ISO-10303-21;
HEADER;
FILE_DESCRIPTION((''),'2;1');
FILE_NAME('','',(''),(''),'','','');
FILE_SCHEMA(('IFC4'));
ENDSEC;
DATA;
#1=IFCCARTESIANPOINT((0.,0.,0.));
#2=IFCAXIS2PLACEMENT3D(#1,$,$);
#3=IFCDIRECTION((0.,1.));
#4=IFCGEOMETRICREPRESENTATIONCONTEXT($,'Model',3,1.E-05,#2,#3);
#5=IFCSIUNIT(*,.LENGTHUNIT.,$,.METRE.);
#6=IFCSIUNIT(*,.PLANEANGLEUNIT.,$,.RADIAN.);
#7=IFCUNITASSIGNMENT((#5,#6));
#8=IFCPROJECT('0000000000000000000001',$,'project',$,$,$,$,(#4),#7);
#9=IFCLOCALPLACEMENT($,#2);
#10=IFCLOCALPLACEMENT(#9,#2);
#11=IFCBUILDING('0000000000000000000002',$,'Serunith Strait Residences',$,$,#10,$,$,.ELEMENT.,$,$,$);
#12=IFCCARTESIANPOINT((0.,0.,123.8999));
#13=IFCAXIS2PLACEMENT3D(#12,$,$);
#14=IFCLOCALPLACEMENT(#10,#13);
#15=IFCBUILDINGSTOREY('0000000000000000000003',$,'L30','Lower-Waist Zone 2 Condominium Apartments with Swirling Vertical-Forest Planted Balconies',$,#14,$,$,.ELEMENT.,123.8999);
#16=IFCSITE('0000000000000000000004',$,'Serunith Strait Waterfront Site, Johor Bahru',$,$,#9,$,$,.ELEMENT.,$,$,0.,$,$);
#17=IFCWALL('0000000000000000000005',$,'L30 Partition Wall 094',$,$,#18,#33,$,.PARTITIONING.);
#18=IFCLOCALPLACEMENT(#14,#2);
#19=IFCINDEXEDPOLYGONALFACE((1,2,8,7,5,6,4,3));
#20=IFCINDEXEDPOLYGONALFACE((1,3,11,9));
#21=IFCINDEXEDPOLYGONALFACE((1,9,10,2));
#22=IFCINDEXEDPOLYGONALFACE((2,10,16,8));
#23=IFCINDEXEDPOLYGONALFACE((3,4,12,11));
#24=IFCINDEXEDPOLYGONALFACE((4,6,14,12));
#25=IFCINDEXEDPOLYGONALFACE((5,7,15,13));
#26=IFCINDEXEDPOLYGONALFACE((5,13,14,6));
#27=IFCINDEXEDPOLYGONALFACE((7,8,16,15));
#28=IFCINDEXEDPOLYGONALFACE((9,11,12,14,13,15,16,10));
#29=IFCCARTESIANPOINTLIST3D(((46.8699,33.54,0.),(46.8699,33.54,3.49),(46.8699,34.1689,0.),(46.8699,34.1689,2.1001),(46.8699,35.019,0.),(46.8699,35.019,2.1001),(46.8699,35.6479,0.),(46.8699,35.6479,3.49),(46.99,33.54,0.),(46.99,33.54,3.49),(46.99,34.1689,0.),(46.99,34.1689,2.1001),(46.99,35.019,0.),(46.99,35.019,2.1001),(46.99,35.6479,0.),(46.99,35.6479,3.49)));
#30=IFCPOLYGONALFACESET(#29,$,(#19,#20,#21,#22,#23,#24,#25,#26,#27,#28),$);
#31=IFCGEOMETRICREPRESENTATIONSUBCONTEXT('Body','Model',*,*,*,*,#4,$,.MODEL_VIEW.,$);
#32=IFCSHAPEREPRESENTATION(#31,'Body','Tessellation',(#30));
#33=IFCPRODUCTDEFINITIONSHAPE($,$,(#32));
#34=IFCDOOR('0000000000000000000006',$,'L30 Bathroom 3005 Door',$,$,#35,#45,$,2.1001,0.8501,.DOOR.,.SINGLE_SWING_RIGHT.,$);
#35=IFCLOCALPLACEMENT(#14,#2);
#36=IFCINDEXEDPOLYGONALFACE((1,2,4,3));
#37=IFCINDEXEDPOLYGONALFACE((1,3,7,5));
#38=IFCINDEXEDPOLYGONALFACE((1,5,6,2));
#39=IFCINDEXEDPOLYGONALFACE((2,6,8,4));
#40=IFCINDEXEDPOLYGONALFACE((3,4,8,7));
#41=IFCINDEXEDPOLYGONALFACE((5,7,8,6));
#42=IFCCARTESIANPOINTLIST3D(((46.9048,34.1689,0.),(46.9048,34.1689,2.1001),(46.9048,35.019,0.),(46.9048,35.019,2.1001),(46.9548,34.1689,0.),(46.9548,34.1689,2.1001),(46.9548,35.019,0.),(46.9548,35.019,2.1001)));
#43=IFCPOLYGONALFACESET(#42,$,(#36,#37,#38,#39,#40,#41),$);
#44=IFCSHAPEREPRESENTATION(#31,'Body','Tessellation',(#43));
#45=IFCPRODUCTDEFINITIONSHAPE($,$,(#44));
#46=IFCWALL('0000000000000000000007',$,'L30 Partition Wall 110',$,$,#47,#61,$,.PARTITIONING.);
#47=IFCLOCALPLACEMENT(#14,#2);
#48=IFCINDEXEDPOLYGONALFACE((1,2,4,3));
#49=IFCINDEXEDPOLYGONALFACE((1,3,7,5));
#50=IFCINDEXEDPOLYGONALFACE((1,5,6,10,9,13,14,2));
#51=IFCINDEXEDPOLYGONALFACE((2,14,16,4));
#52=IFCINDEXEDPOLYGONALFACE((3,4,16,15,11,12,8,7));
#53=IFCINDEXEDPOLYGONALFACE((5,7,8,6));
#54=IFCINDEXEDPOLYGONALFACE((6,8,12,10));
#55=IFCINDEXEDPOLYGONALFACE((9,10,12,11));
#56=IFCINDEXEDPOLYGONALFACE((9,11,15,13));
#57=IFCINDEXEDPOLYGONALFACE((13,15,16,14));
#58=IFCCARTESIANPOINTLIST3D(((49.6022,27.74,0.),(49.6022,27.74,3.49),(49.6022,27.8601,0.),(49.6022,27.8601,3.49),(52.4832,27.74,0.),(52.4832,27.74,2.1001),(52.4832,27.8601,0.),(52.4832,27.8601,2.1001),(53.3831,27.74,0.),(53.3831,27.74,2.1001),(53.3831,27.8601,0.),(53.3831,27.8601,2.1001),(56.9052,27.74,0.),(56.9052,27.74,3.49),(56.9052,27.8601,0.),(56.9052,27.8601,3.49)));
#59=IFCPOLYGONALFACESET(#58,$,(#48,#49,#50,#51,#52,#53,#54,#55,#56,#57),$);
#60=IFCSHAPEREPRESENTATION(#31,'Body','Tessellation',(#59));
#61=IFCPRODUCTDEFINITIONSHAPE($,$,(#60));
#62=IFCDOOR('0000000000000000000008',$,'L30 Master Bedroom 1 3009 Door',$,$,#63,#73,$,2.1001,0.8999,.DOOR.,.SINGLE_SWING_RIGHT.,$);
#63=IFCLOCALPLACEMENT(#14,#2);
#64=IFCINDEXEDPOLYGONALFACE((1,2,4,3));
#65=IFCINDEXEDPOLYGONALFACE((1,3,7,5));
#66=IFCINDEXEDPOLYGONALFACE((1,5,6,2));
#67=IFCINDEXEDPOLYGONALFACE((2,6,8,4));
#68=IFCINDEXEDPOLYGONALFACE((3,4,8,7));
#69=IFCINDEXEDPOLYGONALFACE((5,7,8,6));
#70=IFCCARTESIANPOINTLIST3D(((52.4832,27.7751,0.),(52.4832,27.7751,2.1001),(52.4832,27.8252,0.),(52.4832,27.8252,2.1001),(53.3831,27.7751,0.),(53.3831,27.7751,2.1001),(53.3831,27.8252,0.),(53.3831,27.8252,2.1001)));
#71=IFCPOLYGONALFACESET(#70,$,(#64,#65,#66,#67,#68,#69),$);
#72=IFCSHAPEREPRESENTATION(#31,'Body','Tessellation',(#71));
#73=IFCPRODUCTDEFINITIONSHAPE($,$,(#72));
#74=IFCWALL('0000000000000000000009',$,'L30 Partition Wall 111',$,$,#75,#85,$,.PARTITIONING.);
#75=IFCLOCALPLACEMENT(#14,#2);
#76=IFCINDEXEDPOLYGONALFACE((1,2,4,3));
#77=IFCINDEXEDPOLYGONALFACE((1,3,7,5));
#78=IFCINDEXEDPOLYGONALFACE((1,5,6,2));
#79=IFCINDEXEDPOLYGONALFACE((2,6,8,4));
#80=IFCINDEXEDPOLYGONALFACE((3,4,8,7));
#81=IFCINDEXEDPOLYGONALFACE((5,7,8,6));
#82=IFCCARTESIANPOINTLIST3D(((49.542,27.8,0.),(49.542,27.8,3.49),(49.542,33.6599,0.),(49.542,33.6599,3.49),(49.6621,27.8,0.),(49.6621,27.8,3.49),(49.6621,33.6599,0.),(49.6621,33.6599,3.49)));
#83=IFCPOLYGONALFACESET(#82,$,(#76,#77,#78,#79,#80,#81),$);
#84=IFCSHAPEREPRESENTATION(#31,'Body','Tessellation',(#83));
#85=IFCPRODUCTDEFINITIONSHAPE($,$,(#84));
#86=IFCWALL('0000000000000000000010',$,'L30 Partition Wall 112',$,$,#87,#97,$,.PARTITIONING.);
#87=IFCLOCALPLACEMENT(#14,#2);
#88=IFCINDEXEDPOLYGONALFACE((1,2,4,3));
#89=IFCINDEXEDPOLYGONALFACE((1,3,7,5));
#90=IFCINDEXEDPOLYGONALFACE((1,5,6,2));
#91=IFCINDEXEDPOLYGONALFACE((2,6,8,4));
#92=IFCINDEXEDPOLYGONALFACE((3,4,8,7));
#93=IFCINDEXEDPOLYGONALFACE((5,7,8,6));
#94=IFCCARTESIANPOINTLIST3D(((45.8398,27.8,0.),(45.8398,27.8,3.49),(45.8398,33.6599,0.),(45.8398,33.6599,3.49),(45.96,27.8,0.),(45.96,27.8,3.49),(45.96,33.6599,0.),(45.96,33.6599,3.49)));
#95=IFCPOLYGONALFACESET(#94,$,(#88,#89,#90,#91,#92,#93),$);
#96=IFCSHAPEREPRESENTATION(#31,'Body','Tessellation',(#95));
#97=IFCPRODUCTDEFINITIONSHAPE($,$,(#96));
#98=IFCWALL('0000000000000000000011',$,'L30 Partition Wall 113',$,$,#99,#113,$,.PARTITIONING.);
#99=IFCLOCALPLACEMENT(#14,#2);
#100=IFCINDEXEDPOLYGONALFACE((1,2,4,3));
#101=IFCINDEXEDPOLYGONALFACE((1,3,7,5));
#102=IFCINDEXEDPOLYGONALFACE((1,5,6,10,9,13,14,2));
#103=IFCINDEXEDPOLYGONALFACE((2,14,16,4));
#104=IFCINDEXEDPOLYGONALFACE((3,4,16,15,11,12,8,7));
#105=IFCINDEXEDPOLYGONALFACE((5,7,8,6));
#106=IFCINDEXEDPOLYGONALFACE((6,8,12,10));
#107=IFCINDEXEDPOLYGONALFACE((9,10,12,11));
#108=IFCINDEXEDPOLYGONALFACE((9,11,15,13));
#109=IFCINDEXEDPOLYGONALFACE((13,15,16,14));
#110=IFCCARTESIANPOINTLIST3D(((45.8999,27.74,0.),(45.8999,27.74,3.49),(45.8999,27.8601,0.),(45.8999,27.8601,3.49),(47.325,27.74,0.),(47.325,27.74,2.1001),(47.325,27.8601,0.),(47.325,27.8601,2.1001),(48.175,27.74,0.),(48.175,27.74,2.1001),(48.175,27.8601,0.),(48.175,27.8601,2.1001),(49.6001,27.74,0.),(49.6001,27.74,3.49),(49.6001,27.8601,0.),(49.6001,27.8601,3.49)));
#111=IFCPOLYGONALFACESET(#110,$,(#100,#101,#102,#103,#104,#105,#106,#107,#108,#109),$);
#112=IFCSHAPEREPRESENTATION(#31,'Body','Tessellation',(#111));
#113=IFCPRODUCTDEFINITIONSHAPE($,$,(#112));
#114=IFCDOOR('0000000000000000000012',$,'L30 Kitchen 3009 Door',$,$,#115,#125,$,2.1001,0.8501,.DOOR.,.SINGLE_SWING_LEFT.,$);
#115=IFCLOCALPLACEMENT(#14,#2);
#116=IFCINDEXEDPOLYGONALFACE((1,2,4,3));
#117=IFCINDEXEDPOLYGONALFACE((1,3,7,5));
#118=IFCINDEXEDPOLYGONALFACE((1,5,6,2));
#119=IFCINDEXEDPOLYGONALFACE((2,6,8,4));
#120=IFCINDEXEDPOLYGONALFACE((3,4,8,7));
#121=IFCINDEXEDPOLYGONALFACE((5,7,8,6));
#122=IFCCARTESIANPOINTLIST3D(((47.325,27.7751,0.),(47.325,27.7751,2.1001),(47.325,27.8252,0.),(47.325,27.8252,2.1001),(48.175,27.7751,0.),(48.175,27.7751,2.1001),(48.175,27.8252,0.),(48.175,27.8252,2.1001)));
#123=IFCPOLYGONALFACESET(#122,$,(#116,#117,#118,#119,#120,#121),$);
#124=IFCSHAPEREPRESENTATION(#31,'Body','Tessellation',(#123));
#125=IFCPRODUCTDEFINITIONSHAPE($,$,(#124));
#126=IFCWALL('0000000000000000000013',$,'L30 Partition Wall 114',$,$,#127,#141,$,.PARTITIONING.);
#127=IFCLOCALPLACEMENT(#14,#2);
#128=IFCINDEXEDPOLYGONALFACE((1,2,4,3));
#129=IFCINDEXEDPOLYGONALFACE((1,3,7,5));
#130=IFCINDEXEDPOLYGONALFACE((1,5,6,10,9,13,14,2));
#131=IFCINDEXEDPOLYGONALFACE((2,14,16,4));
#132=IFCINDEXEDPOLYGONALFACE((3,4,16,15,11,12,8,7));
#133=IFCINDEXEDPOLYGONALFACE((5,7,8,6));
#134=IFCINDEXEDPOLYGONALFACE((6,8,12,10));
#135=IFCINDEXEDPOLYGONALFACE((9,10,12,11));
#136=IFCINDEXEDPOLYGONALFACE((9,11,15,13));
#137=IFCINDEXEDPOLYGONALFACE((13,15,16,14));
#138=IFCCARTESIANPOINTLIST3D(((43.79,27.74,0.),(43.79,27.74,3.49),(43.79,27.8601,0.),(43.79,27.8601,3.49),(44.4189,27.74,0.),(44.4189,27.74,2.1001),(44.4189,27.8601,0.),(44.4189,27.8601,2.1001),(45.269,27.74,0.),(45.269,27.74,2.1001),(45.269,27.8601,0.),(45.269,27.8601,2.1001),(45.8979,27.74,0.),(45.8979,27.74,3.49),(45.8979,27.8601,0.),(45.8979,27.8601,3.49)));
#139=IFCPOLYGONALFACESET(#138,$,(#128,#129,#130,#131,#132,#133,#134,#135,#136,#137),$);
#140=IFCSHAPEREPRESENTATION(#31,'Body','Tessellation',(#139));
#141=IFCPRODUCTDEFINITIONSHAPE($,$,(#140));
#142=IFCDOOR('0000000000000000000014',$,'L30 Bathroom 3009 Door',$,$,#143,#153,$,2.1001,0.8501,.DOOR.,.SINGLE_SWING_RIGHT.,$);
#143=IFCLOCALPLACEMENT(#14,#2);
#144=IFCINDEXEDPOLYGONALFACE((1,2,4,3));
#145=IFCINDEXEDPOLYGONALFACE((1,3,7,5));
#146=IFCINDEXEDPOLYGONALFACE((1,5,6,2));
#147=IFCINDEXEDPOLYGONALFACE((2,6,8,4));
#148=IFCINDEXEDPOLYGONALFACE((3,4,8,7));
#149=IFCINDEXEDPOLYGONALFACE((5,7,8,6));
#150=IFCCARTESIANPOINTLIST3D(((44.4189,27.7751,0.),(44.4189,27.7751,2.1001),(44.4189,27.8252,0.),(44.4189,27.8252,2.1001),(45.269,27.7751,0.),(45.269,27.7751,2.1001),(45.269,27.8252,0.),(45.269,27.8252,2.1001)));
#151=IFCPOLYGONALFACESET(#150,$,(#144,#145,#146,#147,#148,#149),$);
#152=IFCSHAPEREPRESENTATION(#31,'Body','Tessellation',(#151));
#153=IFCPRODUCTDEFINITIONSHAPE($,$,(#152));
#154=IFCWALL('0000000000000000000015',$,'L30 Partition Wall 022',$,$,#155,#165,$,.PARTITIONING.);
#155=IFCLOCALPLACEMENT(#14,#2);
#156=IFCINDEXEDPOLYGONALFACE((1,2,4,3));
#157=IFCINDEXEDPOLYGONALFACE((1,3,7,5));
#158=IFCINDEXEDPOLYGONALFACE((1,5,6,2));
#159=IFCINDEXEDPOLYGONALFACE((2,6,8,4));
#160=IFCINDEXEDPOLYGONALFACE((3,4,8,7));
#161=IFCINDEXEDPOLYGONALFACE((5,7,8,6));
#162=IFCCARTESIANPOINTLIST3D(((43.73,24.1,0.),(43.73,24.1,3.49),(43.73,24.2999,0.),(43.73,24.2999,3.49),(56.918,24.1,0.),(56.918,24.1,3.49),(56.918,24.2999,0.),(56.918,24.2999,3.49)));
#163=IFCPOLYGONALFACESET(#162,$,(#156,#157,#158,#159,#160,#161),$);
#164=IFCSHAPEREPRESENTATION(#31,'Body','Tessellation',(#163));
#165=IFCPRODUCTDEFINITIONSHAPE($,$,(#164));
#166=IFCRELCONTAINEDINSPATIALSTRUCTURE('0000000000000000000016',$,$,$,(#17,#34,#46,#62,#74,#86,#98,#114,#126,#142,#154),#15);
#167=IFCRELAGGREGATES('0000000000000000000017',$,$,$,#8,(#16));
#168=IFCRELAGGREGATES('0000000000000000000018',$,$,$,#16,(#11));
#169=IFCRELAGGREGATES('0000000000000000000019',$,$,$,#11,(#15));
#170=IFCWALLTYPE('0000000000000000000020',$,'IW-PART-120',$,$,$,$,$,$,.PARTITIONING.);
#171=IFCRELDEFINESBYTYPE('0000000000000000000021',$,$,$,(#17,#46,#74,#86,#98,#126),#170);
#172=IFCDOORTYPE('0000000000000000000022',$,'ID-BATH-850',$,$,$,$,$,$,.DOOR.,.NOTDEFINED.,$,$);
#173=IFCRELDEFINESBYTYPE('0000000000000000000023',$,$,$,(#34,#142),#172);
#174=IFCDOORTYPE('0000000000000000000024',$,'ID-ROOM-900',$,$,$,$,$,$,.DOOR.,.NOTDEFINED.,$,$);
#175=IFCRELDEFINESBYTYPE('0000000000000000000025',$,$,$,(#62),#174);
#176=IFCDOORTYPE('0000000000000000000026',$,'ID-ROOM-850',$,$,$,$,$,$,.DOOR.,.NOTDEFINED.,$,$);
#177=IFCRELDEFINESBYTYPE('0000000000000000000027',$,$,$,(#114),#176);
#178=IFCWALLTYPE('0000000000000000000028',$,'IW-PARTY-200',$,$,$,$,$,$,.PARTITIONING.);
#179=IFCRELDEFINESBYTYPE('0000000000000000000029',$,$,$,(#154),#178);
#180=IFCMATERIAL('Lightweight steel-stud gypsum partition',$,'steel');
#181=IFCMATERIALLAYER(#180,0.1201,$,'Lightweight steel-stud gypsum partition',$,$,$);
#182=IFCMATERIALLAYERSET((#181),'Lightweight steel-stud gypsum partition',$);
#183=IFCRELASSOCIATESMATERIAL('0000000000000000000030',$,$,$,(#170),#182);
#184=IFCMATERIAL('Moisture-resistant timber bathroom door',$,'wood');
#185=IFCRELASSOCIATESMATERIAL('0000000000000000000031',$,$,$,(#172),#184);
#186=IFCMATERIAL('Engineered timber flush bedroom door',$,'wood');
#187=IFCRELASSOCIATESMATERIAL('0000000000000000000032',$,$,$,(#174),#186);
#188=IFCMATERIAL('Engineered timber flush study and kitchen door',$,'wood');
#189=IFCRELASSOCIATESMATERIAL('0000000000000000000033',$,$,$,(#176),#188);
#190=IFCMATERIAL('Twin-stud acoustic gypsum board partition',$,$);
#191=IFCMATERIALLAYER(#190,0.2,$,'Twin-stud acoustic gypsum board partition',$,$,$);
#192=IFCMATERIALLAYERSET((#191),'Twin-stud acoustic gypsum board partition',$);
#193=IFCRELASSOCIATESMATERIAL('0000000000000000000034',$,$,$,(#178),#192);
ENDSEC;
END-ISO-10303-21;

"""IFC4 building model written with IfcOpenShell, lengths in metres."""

from ifc_helpers import new_model, si_unit, direction, frame, frame_2d, origin, place, context, subcontext, project, spatial, rectangle, extrude, source, transform, mapped, material, layer, layer_set, type_object, element, fill, save


model = new_model("IFC4")

# Units and contexts
model_context = context("Model", 3, precision=1e-05, world=origin(), true_north=direction((0.0, 1.0)))
body_context = subcontext(model_context, "Body", "Model", "MODEL_VIEW")
ifc_project = project(units=[si_unit("LENGTHUNIT", "METRE"), si_unit("PLANEANGLEUNIT", "RADIAN")], contexts=[model_context])

# Site, building, storey
site_placement = place(None, origin())
site = spatial("IfcSite", under=ifc_project, at=site_placement, Name="Serunith Strait Waterfront Site, Johor Bahru", CompositionType="ELEMENT", RefElevation=0.0)
building_placement = place(site_placement, origin())
building = spatial("IfcBuilding", under=site, at=building_placement, Name="Serunith Strait Residences", CompositionType="ELEMENT")
storey_placement = place(building_placement, frame((0.0, 0.0, 123.8999)))
storey = spatial("IfcBuildingStorey", under=building, at=storey_placement, Name="L30", Description="Lower-Waist Zone 2 Condominium Apartments with Swirling Vertical-Forest Planted Balconies", CompositionType="ELEMENT", Elevation=123.8999)

# Walls, openings, doors
ifc_material_1 = material(Name="Lightweight steel-stud gypsum partition", Category="steel")
ifc_layer_1 = layer(ifc_material_1, 0.1201, Name="Lightweight steel-stud gypsum partition")
ifc_layer_set_1 = layer_set([ifc_layer_1], Name="Lightweight steel-stud gypsum partition")
wall_type_1 = type_object("IfcWallType", Name="IW-PART-120", PredefinedType="PARTITIONING", material=ifc_layer_set_1)
wall_1_placement = place(storey_placement, frame((46.9299, 35.6479, 0.0), z_axis=(0.0, 0.0, 1.0), x_axis=(0.0, -1.0, 0.0)))
wall_1 = element("IfcWall", 1, at=wall_1_placement, inside=storey, type_object=wall_type_1, Name="L30 Partition Wall 094", PredefinedType="PARTITIONING", context=body_context, shape_type="SweptSolid", body=[
    extrude(rectangle(XDim=2.1079, YDim=0.1201, at=frame_2d((1.054, 0.0))), origin(), (0.0, 0.0, 1.0), 3.49),
])
opening_1_placement = place(wall_1_placement, frame((0.6289, 0.0, 0.0)))
opening_1 = element("IfcOpeningElement", 2, at=opening_1_placement, cuts=wall_1, PredefinedType="OPENING", context=body_context, shape_type="SweptSolid", body=[
    extrude(rectangle(XDim=0.8501, YDim=2.1001, at=frame_2d((0.425, 1.05))), frame((0.0, 0.0701, 0.0), z_axis=(0.0, -1.0, 0.0), x_axis=(1.0, 0.0, 0.0)), (0.0, 0.0, 1.0), 0.1401),
])
ifc_material_2 = material(Name="Moisture-resistant timber bathroom door", Category="wood")
door_type_1 = type_object("IfcDoorType", Name="ID-BATH-850", OperationType="NOTDEFINED", PredefinedType="DOOR", material=ifc_material_2)
shared_shape_1 = source(origin(), body_context, "Body", "SweptSolid", [
    extrude(rectangle(XDim=0.8501, YDim=2.1001, at=frame_2d((0.425, 1.05))), frame((0.0, 0.0249, 0.0), z_axis=(0.0, -1.0, 0.0), x_axis=(1.0, 0.0, 0.0)), (0.0, 0.0, 1.0), 0.05),
])
door_1_placement = place(opening_1_placement, origin())
door_1 = element("IfcDoor", 3, at=door_1_placement, inside=storey, type_object=door_type_1, Name="L30 Bathroom 3005 Door", OperationType="SINGLE_SWING_RIGHT", OverallHeight=2.1001, OverallWidth=0.8501, PredefinedType="DOOR", context=body_context, shape_type="MappedRepresentation", body=[
    mapped(shared_shape_1, transform((0.0, 0.0, 0.0), scale=1.0)),
])
fill(opening_1, door_1)
wall_2_placement = place(storey_placement, frame((56.905, 27.8, 0.0), z_axis=(0.0, 0.0, 1.0), x_axis=(-1.0, 0.0, 0.0)))
wall_2 = element("IfcWall", 4, at=wall_2_placement, inside=storey, type_object=wall_type_1, Name="L30 Partition Wall 110", PredefinedType="PARTITIONING", context=body_context, shape_type="SweptSolid", body=[
    extrude(rectangle(XDim=7.303, YDim=0.1201, at=frame_2d((3.6514, 0.0))), origin(), (0.0, 0.0, 1.0), 3.49),
])
opening_2_placement = place(wall_2_placement, frame((3.522, 0.0, 0.0)))
opening_2 = element("IfcOpeningElement", 5, at=opening_2_placement, cuts=wall_2, PredefinedType="OPENING", context=body_context, shape_type="SweptSolid", body=[
    extrude(rectangle(XDim=0.8999, YDim=2.1001, at=frame_2d((0.45, 1.05))), frame((0.0, 0.0701, 0.0), z_axis=(0.0, -1.0, 0.0), x_axis=(1.0, 0.0, 0.0)), (0.0, 0.0, 1.0), 0.1401),
])
ifc_material_3 = material(Name="Engineered timber flush bedroom door", Category="wood")
door_type_2 = type_object("IfcDoorType", Name="ID-ROOM-900", OperationType="NOTDEFINED", PredefinedType="DOOR", material=ifc_material_3)
shared_shape_2 = source(origin(), body_context, "Body", "SweptSolid", [
    extrude(rectangle(XDim=0.8999, YDim=2.1001, at=frame_2d((0.45, 1.05))), frame((0.0, 0.0249, 0.0), z_axis=(0.0, -1.0, 0.0), x_axis=(1.0, 0.0, 0.0)), (0.0, 0.0, 1.0), 0.05),
])
door_2_placement = place(opening_2_placement, origin())
door_2 = element("IfcDoor", 6, at=door_2_placement, inside=storey, type_object=door_type_2, Name="L30 Master Bedroom 1 3009 Door", OperationType="SINGLE_SWING_RIGHT", OverallHeight=2.1001, OverallWidth=0.8999, PredefinedType="DOOR", context=body_context, shape_type="MappedRepresentation", body=[
    mapped(shared_shape_2, transform((0.0, 0.0, 0.0), scale=1.0)),
])
fill(opening_2, door_2)

# Walls
for number, where, z_axis, x_axis, name in (
    (7, (49.6021, 27.8, 0.0), (0.0, 0.0, 1.0), (0.0, 1.0, 0.0), "L30 Partition Wall 111"),
    (8, (45.8999, 27.8, 0.0), (0.0, 0.0, 1.0), (0.0, 1.0, 0.0), "L30 Partition Wall 112"),
):
    element("IfcWall", number, at=place(storey_placement, frame(where, z_axis=z_axis, x_axis=x_axis)), inside=storey, type_object=wall_type_1, Name=name, PredefinedType="PARTITIONING", context=body_context, shape_type="SweptSolid", body=[
        extrude(rectangle(XDim=5.8599, YDim=0.1201, at=frame_2d((2.9299, 0.0))), origin(), (0.0, 0.0, 1.0), 3.49),
    ])

# Walls, openings, doors
wall_3_placement = place(storey_placement, frame((49.6001, 27.8, 0.0), z_axis=(0.0, 0.0, 1.0), x_axis=(-1.0, 0.0, 0.0)))
wall_3 = element("IfcWall", 9, at=wall_3_placement, inside=storey, type_object=wall_type_1, Name="L30 Partition Wall 113", PredefinedType="PARTITIONING", context=body_context, shape_type="SweptSolid", body=[
    extrude(rectangle(XDim=3.7002, YDim=0.1201, at=frame_2d((1.8501, 0.0))), origin(), (0.0, 0.0, 1.0), 3.49),
])
opening_3_placement = place(wall_3_placement, frame((1.425, 0.0, 0.0)))
opening_3 = element("IfcOpeningElement", 10, at=opening_3_placement, cuts=wall_3, PredefinedType="OPENING", context=body_context, shape_type="SweptSolid", body=[
    extrude(rectangle(XDim=0.8501, YDim=2.1001, at=frame_2d((0.425, 1.05))), frame((0.0, 0.0701, 0.0), z_axis=(0.0, -1.0, 0.0), x_axis=(1.0, 0.0, 0.0)), (0.0, 0.0, 1.0), 0.1401),
])
ifc_material_4 = material(Name="Engineered timber flush study and kitchen door", Category="wood")
door_type_3 = type_object("IfcDoorType", Name="ID-ROOM-850", OperationType="NOTDEFINED", PredefinedType="DOOR", material=ifc_material_4)
door_3_placement = place(opening_3_placement, origin())
door_3 = element("IfcDoor", 11, at=door_3_placement, inside=storey, type_object=door_type_3, Name="L30 Kitchen 3009 Door", OperationType="SINGLE_SWING_LEFT", OverallHeight=2.1001, OverallWidth=0.8501, PredefinedType="DOOR", context=body_context, shape_type="MappedRepresentation", body=[
    mapped(shared_shape_1, transform((0.0, 0.0, 0.0), scale=1.0)),
])
fill(opening_3, door_3)
wall_4_placement = place(storey_placement, frame((45.8979, 27.8, 0.0), z_axis=(0.0, 0.0, 1.0), x_axis=(-1.0, 0.0, 0.0)))
wall_4 = element("IfcWall", 12, at=wall_4_placement, inside=storey, type_object=wall_type_1, Name="L30 Partition Wall 114", PredefinedType="PARTITIONING", context=body_context, shape_type="SweptSolid", body=[
    extrude(rectangle(XDim=2.1079, YDim=0.1201, at=frame_2d((1.054, 0.0))), origin(), (0.0, 0.0, 1.0), 3.49),
])
opening_4_placement = place(wall_4_placement, frame((0.6289, 0.0, 0.0)))
opening_4 = element("IfcOpeningElement", 13, at=opening_4_placement, cuts=wall_4, PredefinedType="OPENING", context=body_context, shape_type="SweptSolid", body=[
    extrude(rectangle(XDim=0.8501, YDim=2.1001, at=frame_2d((0.425, 1.05))), frame((0.0, 0.0701, 0.0), z_axis=(0.0, -1.0, 0.0), x_axis=(1.0, 0.0, 0.0)), (0.0, 0.0, 1.0), 0.1401),
])
door_4_placement = place(opening_4_placement, origin())
door_4 = element("IfcDoor", 14, at=door_4_placement, inside=storey, type_object=door_type_1, Name="L30 Bathroom 3009 Door", OperationType="SINGLE_SWING_RIGHT", OverallHeight=2.1001, OverallWidth=0.8501, PredefinedType="DOOR", context=body_context, shape_type="MappedRepresentation", body=[
    mapped(shared_shape_1, transform((0.0, 0.0, 0.0), scale=1.0)),
])
fill(opening_4, door_4)

# Wall
ifc_material_5 = material(Name="Twin-stud acoustic gypsum board partition")
ifc_layer_2 = layer(ifc_material_5, 0.2, Name="Twin-stud acoustic gypsum board partition")
ifc_layer_set_2 = layer_set([ifc_layer_2], Name="Twin-stud acoustic gypsum board partition")
wall_type_2 = type_object("IfcWallType", Name="IW-PARTY-200", PredefinedType="PARTITIONING", material=ifc_layer_set_2)
wall_5_placement = place(storey_placement, frame((43.73, 24.2, 0.0), z_axis=(0.0, 0.0, 1.0), x_axis=(1.0, 0.0, 0.0)))
element("IfcWall", 15, at=wall_5_placement, inside=storey, type_object=wall_type_2, Name="L30 Partition Wall 022", PredefinedType="PARTITIONING", context=body_context, shape_type="SweptSolid", body=[
    extrude(rectangle(XDim=13.188, YDim=0.2, at=frame_2d((6.594, 0.0))), origin(), (0.0, 0.0, 1.0), 3.49),
])

save(model, "model.ifc")
